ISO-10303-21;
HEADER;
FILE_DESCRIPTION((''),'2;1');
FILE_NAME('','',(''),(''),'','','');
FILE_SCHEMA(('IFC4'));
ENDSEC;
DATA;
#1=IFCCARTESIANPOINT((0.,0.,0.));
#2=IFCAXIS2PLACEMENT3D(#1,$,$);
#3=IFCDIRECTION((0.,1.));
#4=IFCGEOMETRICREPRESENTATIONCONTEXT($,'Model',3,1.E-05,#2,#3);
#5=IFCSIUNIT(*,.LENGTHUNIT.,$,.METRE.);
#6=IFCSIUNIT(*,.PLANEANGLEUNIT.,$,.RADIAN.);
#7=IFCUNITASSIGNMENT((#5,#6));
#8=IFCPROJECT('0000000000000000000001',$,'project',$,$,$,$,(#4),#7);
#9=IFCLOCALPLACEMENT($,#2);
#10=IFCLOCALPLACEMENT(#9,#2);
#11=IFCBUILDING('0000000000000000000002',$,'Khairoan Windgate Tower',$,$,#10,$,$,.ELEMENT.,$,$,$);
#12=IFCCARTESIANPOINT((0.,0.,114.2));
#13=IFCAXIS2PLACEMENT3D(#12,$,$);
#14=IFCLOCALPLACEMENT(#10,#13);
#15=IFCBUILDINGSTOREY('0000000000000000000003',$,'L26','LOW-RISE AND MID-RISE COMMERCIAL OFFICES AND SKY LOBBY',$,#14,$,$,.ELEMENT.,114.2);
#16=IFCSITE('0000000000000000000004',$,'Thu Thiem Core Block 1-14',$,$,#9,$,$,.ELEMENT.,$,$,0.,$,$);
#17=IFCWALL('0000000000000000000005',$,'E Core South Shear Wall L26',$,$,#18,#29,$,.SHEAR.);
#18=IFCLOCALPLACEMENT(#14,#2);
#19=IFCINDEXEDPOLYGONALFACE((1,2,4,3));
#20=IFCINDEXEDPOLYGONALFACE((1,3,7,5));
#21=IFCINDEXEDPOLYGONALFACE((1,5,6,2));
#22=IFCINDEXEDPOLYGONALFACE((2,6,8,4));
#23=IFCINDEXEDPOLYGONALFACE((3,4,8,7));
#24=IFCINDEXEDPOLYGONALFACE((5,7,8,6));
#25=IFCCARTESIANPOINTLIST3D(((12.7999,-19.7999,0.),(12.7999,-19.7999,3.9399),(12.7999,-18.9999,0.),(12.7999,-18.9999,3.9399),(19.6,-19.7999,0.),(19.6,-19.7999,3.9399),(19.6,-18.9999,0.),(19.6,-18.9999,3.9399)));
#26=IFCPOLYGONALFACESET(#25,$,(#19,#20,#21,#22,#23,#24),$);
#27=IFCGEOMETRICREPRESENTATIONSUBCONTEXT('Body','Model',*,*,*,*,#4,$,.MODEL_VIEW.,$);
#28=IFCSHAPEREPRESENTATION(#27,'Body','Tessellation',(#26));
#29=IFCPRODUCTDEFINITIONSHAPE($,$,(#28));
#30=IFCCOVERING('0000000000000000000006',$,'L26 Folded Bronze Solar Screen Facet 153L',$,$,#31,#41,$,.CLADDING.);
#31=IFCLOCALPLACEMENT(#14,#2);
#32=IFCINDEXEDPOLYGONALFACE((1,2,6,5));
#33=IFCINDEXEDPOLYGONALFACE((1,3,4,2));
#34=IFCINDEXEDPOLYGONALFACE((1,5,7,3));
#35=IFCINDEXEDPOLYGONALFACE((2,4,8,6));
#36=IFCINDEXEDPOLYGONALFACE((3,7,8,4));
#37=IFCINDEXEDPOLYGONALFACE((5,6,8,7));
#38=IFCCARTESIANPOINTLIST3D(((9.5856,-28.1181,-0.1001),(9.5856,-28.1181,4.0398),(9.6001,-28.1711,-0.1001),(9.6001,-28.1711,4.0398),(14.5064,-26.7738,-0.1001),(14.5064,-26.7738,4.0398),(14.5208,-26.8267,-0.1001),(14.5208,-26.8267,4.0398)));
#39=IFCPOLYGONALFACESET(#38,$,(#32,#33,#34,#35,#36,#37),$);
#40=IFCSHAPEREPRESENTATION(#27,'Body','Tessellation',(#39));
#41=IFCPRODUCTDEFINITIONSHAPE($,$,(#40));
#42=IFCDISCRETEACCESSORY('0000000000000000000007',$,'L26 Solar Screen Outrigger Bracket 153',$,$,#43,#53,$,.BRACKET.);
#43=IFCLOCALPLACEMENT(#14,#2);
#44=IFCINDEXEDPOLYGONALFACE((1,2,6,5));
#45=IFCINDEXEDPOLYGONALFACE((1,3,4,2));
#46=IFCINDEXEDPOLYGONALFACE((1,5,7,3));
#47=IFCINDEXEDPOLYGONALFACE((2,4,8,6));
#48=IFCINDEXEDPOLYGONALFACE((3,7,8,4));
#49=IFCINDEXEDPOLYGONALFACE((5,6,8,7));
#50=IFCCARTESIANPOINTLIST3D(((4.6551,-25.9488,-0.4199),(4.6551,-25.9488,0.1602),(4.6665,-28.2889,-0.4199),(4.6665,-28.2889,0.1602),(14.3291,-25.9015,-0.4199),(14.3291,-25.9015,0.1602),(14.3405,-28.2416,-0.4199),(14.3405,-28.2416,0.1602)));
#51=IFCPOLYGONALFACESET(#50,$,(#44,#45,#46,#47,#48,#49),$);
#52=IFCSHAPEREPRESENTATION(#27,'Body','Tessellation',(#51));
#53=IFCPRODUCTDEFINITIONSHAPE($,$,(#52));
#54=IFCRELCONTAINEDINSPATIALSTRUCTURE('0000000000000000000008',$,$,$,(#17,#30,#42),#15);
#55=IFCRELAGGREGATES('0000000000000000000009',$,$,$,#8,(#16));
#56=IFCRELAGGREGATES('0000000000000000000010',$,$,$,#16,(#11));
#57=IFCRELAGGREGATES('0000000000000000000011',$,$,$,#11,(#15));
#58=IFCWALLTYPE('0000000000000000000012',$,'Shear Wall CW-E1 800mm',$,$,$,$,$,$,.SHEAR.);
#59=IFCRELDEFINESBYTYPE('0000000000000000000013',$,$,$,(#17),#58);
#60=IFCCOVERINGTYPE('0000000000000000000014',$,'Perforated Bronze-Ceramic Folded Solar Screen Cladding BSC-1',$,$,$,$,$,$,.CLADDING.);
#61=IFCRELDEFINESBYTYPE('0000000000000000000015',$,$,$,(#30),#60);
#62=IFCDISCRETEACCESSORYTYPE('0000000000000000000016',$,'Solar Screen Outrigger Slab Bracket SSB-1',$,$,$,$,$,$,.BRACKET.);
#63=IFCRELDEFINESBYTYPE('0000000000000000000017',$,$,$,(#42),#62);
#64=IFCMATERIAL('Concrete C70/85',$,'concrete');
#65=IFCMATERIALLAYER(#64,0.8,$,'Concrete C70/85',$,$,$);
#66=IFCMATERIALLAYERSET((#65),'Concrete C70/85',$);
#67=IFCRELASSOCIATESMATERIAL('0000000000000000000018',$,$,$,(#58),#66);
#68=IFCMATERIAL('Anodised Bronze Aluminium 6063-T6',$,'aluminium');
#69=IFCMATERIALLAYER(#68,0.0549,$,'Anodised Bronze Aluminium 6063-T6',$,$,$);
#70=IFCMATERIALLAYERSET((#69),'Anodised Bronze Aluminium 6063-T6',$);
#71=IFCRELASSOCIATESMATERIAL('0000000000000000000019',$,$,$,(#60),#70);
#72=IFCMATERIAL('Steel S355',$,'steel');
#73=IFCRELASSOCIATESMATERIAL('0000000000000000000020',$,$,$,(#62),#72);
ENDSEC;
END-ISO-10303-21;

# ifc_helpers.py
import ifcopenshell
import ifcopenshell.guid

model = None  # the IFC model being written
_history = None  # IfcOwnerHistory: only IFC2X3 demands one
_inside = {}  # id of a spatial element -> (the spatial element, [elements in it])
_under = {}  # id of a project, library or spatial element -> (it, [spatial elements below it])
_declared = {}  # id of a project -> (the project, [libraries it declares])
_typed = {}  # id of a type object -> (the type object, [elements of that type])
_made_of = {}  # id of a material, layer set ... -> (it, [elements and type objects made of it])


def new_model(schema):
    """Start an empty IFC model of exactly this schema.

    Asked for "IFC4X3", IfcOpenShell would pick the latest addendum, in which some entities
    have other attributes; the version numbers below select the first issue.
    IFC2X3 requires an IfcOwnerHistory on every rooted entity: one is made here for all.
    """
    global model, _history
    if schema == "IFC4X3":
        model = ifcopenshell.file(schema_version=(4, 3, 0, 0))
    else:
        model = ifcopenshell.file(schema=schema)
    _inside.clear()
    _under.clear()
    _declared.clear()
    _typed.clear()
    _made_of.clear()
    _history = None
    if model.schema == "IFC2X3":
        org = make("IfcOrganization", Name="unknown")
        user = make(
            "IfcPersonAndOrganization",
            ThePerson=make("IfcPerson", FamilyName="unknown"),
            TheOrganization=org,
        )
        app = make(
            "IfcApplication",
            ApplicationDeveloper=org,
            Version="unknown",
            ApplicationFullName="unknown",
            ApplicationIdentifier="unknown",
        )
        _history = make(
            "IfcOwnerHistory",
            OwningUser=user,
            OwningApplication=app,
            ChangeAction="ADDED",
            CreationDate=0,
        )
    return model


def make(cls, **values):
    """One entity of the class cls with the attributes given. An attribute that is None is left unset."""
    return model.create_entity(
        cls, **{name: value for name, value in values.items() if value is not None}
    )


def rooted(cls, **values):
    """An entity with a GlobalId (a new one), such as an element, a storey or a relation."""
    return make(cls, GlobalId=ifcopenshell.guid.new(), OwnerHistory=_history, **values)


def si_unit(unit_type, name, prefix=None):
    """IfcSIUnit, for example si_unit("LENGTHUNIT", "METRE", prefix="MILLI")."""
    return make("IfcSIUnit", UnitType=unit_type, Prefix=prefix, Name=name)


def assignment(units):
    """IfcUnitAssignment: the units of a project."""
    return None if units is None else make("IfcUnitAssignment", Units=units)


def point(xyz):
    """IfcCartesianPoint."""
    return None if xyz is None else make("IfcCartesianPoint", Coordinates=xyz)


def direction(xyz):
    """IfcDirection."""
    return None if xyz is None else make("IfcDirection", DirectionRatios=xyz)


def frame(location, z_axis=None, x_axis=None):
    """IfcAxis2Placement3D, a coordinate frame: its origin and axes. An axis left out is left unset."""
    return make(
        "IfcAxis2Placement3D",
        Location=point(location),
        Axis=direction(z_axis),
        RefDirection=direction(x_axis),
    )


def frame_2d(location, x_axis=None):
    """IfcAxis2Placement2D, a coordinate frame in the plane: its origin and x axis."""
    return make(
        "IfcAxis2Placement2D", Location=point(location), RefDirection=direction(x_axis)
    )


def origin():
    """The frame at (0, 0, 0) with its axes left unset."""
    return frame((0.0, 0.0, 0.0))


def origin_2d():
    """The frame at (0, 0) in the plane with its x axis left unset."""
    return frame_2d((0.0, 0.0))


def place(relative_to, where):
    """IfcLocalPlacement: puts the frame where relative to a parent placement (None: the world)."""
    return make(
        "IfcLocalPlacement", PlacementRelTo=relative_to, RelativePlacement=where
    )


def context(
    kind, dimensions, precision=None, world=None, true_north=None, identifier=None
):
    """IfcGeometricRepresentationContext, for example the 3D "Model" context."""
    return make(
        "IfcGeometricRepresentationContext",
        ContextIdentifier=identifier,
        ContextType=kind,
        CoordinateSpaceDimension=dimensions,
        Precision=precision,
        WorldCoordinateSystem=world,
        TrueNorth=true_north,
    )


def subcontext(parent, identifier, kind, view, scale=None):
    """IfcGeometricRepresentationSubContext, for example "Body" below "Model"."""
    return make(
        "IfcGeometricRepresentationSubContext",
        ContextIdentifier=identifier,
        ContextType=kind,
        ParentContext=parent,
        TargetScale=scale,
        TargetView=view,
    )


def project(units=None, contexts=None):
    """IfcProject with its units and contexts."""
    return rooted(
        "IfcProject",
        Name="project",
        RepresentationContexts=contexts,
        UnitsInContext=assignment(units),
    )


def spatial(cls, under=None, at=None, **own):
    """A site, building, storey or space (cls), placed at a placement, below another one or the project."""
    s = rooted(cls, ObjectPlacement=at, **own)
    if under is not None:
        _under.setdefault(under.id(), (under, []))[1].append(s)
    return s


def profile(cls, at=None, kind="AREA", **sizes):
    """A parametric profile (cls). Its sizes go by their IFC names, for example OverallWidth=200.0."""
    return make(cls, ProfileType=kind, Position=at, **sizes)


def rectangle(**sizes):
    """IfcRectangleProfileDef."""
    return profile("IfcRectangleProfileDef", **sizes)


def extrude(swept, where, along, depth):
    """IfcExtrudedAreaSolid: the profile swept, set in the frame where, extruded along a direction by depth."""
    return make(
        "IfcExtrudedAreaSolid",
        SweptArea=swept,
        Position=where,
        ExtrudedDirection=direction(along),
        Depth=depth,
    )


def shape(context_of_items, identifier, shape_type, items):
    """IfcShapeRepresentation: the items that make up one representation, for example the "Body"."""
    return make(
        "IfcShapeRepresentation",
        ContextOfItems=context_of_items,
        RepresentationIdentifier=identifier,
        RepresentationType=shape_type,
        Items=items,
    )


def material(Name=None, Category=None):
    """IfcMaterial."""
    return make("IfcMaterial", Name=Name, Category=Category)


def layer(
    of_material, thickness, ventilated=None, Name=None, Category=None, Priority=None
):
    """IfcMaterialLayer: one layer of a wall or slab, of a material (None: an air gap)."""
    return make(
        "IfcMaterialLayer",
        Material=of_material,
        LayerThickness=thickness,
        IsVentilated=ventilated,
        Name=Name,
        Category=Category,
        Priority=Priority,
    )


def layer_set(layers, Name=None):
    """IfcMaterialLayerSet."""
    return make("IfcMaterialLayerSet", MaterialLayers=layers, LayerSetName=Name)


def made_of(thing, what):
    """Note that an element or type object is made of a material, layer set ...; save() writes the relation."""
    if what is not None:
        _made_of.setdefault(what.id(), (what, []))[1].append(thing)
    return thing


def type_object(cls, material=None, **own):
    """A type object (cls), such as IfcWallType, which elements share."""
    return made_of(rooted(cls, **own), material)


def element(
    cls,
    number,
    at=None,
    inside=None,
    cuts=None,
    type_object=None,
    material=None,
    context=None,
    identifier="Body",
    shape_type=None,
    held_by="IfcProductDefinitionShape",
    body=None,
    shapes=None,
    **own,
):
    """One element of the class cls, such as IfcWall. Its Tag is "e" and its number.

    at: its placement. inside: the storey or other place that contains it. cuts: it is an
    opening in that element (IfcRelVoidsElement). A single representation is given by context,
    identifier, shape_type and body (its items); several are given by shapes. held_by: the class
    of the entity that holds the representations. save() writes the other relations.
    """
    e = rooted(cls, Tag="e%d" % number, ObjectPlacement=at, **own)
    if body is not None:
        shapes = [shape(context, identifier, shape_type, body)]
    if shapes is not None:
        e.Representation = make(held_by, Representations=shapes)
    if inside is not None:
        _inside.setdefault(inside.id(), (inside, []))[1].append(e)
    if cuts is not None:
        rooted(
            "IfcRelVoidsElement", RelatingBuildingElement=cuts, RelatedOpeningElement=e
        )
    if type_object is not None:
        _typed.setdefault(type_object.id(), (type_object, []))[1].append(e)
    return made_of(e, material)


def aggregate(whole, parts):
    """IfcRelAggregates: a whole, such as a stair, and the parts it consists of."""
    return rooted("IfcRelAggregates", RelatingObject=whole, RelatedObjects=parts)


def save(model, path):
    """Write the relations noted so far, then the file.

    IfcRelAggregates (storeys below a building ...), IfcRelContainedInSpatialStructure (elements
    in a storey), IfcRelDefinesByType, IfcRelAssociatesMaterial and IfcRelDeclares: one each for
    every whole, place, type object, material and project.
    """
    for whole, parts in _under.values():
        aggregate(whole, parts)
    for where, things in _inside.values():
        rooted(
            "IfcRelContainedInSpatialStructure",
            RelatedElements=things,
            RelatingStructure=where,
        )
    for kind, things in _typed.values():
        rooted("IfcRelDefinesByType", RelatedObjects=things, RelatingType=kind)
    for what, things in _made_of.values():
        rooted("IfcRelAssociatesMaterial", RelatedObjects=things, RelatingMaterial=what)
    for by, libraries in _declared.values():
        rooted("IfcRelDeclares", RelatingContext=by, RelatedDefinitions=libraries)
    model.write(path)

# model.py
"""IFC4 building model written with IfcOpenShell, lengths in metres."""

from ifc_helpers import new_model, si_unit, direction, frame, frame_2d, origin, origin_2d, place, context, subcontext, project, spatial, rectangle, extrude, material, layer, layer_set, type_object, element, save


model = new_model("IFC4")

# Units and contexts
model_context = context("Model", 3, precision=1e-05, world=origin(), true_north=direction((0.0, 1.0)))
body_context = subcontext(model_context, "Body", "Model", "MODEL_VIEW")
ifc_project = project(units=[si_unit("LENGTHUNIT", "METRE"), si_unit("PLANEANGLEUNIT", "RADIAN")], contexts=[model_context])

# Site, building, storey
site_placement = place(None, origin())
site = spatial("IfcSite", under=ifc_project, at=site_placement, Name="Thu Thiem Core Block 1-14", CompositionType="ELEMENT", RefElevation=0.0)
building_placement = place(site_placement, origin())
building = spatial("IfcBuilding", under=site, at=building_placement, Name="Khairoan Windgate Tower", CompositionType="ELEMENT")
storey_placement = place(building_placement, frame((0.0, 0.0, 114.2)))
storey = spatial("IfcBuildingStorey", under=building, at=storey_placement, Name="L26", Description="LOW-RISE AND MID-RISE COMMERCIAL OFFICES AND SKY LOBBY", CompositionType="ELEMENT", Elevation=114.2)

# Shared definitions
ifc_material_1 = material(Name="Concrete C70/85", Category="concrete")
ifc_layer_1 = layer(ifc_material_1, 0.8, Name="Concrete C70/85")
ifc_layer_set_1 = layer_set([ifc_layer_1], Name="Concrete C70/85")
wall_type_1 = type_object("IfcWallType", Name="Shear Wall CW-E1 800mm", PredefinedType="SHEAR", material=ifc_layer_set_1)

# Wall
wall_1_placement = place(storey_placement, frame((12.8, -19.3999, 0.0), z_axis=(0.0, 0.0, 1.0), x_axis=(1.0, 0.0, 0.0)))
element("IfcWall", 1, at=wall_1_placement, inside=storey, type_object=wall_type_1, Name="E Core South Shear Wall L26", PredefinedType="SHEAR", context=body_context, shape_type="SweptSolid", body=[
    extrude(rectangle(XDim=6.8, YDim=0.8, at=frame_2d((3.3999, 0.0))), origin(), (0.0, 0.0, 1.0), 3.9399),
])

# Covering
ifc_material_2 = material(Name="Anodised Bronze Aluminium 6063-T6", Category="aluminium")
ifc_layer_2 = layer(ifc_material_2, 0.0549, Name="Anodised Bronze Aluminium 6063-T6")
ifc_layer_set_2 = layer_set([ifc_layer_2], Name="Anodised Bronze Aluminium 6063-T6")
covering_type = type_object("IfcCoveringType", Name="Perforated Bronze-Ceramic Folded Solar Screen Cladding BSC-1", PredefinedType="CLADDING", material=ifc_layer_set_2)
covering_placement = place(storey_placement, frame((12.0532, -27.4724, -0.1001), z_axis=(0.0, 0.0, 1.0), x_axis=(-0.964649, -0.263536, 0.0)))
element("IfcCovering", 2, at=covering_placement, inside=storey, type_object=covering_type, Name="L26 Folded Bronze Solar Screen Facet 153L", PredefinedType="CLADDING", context=body_context, shape_type="SweptSolid", body=[
    extrude(rectangle(XDim=5.1011, YDim=0.0549, at=origin_2d()), origin(), (0.0, 0.0, 1.0), 4.1399),
])

# Discrete accessory
ifc_material_3 = material(Name="Steel S355", Category="steel")
discrete_accessory_type = type_object("IfcDiscreteAccessoryType", Name="Solar Screen Outrigger Slab Bracket SSB-1", PredefinedType="BRACKET", material=ifc_material_3)
discrete_accessory_placement = place(storey_placement, frame((9.4978, -27.0952, -0.4199), z_axis=(0.0, 0.0, 1.0), x_axis=(-0.999988, -0.004887, 0.0)))
element("IfcDiscreteAccessory", 3, at=discrete_accessory_placement, inside=storey, type_object=discrete_accessory_type, Name="L26 Solar Screen Outrigger Bracket 153", PredefinedType="BRACKET", context=body_context, shape_type="SweptSolid", body=[
    extrude(rectangle(XDim=9.6741, YDim=2.3401, at=origin_2d()), origin(), (0.0, 0.0, 1.0), 0.5801),
])

save(model, "model.ifc")
